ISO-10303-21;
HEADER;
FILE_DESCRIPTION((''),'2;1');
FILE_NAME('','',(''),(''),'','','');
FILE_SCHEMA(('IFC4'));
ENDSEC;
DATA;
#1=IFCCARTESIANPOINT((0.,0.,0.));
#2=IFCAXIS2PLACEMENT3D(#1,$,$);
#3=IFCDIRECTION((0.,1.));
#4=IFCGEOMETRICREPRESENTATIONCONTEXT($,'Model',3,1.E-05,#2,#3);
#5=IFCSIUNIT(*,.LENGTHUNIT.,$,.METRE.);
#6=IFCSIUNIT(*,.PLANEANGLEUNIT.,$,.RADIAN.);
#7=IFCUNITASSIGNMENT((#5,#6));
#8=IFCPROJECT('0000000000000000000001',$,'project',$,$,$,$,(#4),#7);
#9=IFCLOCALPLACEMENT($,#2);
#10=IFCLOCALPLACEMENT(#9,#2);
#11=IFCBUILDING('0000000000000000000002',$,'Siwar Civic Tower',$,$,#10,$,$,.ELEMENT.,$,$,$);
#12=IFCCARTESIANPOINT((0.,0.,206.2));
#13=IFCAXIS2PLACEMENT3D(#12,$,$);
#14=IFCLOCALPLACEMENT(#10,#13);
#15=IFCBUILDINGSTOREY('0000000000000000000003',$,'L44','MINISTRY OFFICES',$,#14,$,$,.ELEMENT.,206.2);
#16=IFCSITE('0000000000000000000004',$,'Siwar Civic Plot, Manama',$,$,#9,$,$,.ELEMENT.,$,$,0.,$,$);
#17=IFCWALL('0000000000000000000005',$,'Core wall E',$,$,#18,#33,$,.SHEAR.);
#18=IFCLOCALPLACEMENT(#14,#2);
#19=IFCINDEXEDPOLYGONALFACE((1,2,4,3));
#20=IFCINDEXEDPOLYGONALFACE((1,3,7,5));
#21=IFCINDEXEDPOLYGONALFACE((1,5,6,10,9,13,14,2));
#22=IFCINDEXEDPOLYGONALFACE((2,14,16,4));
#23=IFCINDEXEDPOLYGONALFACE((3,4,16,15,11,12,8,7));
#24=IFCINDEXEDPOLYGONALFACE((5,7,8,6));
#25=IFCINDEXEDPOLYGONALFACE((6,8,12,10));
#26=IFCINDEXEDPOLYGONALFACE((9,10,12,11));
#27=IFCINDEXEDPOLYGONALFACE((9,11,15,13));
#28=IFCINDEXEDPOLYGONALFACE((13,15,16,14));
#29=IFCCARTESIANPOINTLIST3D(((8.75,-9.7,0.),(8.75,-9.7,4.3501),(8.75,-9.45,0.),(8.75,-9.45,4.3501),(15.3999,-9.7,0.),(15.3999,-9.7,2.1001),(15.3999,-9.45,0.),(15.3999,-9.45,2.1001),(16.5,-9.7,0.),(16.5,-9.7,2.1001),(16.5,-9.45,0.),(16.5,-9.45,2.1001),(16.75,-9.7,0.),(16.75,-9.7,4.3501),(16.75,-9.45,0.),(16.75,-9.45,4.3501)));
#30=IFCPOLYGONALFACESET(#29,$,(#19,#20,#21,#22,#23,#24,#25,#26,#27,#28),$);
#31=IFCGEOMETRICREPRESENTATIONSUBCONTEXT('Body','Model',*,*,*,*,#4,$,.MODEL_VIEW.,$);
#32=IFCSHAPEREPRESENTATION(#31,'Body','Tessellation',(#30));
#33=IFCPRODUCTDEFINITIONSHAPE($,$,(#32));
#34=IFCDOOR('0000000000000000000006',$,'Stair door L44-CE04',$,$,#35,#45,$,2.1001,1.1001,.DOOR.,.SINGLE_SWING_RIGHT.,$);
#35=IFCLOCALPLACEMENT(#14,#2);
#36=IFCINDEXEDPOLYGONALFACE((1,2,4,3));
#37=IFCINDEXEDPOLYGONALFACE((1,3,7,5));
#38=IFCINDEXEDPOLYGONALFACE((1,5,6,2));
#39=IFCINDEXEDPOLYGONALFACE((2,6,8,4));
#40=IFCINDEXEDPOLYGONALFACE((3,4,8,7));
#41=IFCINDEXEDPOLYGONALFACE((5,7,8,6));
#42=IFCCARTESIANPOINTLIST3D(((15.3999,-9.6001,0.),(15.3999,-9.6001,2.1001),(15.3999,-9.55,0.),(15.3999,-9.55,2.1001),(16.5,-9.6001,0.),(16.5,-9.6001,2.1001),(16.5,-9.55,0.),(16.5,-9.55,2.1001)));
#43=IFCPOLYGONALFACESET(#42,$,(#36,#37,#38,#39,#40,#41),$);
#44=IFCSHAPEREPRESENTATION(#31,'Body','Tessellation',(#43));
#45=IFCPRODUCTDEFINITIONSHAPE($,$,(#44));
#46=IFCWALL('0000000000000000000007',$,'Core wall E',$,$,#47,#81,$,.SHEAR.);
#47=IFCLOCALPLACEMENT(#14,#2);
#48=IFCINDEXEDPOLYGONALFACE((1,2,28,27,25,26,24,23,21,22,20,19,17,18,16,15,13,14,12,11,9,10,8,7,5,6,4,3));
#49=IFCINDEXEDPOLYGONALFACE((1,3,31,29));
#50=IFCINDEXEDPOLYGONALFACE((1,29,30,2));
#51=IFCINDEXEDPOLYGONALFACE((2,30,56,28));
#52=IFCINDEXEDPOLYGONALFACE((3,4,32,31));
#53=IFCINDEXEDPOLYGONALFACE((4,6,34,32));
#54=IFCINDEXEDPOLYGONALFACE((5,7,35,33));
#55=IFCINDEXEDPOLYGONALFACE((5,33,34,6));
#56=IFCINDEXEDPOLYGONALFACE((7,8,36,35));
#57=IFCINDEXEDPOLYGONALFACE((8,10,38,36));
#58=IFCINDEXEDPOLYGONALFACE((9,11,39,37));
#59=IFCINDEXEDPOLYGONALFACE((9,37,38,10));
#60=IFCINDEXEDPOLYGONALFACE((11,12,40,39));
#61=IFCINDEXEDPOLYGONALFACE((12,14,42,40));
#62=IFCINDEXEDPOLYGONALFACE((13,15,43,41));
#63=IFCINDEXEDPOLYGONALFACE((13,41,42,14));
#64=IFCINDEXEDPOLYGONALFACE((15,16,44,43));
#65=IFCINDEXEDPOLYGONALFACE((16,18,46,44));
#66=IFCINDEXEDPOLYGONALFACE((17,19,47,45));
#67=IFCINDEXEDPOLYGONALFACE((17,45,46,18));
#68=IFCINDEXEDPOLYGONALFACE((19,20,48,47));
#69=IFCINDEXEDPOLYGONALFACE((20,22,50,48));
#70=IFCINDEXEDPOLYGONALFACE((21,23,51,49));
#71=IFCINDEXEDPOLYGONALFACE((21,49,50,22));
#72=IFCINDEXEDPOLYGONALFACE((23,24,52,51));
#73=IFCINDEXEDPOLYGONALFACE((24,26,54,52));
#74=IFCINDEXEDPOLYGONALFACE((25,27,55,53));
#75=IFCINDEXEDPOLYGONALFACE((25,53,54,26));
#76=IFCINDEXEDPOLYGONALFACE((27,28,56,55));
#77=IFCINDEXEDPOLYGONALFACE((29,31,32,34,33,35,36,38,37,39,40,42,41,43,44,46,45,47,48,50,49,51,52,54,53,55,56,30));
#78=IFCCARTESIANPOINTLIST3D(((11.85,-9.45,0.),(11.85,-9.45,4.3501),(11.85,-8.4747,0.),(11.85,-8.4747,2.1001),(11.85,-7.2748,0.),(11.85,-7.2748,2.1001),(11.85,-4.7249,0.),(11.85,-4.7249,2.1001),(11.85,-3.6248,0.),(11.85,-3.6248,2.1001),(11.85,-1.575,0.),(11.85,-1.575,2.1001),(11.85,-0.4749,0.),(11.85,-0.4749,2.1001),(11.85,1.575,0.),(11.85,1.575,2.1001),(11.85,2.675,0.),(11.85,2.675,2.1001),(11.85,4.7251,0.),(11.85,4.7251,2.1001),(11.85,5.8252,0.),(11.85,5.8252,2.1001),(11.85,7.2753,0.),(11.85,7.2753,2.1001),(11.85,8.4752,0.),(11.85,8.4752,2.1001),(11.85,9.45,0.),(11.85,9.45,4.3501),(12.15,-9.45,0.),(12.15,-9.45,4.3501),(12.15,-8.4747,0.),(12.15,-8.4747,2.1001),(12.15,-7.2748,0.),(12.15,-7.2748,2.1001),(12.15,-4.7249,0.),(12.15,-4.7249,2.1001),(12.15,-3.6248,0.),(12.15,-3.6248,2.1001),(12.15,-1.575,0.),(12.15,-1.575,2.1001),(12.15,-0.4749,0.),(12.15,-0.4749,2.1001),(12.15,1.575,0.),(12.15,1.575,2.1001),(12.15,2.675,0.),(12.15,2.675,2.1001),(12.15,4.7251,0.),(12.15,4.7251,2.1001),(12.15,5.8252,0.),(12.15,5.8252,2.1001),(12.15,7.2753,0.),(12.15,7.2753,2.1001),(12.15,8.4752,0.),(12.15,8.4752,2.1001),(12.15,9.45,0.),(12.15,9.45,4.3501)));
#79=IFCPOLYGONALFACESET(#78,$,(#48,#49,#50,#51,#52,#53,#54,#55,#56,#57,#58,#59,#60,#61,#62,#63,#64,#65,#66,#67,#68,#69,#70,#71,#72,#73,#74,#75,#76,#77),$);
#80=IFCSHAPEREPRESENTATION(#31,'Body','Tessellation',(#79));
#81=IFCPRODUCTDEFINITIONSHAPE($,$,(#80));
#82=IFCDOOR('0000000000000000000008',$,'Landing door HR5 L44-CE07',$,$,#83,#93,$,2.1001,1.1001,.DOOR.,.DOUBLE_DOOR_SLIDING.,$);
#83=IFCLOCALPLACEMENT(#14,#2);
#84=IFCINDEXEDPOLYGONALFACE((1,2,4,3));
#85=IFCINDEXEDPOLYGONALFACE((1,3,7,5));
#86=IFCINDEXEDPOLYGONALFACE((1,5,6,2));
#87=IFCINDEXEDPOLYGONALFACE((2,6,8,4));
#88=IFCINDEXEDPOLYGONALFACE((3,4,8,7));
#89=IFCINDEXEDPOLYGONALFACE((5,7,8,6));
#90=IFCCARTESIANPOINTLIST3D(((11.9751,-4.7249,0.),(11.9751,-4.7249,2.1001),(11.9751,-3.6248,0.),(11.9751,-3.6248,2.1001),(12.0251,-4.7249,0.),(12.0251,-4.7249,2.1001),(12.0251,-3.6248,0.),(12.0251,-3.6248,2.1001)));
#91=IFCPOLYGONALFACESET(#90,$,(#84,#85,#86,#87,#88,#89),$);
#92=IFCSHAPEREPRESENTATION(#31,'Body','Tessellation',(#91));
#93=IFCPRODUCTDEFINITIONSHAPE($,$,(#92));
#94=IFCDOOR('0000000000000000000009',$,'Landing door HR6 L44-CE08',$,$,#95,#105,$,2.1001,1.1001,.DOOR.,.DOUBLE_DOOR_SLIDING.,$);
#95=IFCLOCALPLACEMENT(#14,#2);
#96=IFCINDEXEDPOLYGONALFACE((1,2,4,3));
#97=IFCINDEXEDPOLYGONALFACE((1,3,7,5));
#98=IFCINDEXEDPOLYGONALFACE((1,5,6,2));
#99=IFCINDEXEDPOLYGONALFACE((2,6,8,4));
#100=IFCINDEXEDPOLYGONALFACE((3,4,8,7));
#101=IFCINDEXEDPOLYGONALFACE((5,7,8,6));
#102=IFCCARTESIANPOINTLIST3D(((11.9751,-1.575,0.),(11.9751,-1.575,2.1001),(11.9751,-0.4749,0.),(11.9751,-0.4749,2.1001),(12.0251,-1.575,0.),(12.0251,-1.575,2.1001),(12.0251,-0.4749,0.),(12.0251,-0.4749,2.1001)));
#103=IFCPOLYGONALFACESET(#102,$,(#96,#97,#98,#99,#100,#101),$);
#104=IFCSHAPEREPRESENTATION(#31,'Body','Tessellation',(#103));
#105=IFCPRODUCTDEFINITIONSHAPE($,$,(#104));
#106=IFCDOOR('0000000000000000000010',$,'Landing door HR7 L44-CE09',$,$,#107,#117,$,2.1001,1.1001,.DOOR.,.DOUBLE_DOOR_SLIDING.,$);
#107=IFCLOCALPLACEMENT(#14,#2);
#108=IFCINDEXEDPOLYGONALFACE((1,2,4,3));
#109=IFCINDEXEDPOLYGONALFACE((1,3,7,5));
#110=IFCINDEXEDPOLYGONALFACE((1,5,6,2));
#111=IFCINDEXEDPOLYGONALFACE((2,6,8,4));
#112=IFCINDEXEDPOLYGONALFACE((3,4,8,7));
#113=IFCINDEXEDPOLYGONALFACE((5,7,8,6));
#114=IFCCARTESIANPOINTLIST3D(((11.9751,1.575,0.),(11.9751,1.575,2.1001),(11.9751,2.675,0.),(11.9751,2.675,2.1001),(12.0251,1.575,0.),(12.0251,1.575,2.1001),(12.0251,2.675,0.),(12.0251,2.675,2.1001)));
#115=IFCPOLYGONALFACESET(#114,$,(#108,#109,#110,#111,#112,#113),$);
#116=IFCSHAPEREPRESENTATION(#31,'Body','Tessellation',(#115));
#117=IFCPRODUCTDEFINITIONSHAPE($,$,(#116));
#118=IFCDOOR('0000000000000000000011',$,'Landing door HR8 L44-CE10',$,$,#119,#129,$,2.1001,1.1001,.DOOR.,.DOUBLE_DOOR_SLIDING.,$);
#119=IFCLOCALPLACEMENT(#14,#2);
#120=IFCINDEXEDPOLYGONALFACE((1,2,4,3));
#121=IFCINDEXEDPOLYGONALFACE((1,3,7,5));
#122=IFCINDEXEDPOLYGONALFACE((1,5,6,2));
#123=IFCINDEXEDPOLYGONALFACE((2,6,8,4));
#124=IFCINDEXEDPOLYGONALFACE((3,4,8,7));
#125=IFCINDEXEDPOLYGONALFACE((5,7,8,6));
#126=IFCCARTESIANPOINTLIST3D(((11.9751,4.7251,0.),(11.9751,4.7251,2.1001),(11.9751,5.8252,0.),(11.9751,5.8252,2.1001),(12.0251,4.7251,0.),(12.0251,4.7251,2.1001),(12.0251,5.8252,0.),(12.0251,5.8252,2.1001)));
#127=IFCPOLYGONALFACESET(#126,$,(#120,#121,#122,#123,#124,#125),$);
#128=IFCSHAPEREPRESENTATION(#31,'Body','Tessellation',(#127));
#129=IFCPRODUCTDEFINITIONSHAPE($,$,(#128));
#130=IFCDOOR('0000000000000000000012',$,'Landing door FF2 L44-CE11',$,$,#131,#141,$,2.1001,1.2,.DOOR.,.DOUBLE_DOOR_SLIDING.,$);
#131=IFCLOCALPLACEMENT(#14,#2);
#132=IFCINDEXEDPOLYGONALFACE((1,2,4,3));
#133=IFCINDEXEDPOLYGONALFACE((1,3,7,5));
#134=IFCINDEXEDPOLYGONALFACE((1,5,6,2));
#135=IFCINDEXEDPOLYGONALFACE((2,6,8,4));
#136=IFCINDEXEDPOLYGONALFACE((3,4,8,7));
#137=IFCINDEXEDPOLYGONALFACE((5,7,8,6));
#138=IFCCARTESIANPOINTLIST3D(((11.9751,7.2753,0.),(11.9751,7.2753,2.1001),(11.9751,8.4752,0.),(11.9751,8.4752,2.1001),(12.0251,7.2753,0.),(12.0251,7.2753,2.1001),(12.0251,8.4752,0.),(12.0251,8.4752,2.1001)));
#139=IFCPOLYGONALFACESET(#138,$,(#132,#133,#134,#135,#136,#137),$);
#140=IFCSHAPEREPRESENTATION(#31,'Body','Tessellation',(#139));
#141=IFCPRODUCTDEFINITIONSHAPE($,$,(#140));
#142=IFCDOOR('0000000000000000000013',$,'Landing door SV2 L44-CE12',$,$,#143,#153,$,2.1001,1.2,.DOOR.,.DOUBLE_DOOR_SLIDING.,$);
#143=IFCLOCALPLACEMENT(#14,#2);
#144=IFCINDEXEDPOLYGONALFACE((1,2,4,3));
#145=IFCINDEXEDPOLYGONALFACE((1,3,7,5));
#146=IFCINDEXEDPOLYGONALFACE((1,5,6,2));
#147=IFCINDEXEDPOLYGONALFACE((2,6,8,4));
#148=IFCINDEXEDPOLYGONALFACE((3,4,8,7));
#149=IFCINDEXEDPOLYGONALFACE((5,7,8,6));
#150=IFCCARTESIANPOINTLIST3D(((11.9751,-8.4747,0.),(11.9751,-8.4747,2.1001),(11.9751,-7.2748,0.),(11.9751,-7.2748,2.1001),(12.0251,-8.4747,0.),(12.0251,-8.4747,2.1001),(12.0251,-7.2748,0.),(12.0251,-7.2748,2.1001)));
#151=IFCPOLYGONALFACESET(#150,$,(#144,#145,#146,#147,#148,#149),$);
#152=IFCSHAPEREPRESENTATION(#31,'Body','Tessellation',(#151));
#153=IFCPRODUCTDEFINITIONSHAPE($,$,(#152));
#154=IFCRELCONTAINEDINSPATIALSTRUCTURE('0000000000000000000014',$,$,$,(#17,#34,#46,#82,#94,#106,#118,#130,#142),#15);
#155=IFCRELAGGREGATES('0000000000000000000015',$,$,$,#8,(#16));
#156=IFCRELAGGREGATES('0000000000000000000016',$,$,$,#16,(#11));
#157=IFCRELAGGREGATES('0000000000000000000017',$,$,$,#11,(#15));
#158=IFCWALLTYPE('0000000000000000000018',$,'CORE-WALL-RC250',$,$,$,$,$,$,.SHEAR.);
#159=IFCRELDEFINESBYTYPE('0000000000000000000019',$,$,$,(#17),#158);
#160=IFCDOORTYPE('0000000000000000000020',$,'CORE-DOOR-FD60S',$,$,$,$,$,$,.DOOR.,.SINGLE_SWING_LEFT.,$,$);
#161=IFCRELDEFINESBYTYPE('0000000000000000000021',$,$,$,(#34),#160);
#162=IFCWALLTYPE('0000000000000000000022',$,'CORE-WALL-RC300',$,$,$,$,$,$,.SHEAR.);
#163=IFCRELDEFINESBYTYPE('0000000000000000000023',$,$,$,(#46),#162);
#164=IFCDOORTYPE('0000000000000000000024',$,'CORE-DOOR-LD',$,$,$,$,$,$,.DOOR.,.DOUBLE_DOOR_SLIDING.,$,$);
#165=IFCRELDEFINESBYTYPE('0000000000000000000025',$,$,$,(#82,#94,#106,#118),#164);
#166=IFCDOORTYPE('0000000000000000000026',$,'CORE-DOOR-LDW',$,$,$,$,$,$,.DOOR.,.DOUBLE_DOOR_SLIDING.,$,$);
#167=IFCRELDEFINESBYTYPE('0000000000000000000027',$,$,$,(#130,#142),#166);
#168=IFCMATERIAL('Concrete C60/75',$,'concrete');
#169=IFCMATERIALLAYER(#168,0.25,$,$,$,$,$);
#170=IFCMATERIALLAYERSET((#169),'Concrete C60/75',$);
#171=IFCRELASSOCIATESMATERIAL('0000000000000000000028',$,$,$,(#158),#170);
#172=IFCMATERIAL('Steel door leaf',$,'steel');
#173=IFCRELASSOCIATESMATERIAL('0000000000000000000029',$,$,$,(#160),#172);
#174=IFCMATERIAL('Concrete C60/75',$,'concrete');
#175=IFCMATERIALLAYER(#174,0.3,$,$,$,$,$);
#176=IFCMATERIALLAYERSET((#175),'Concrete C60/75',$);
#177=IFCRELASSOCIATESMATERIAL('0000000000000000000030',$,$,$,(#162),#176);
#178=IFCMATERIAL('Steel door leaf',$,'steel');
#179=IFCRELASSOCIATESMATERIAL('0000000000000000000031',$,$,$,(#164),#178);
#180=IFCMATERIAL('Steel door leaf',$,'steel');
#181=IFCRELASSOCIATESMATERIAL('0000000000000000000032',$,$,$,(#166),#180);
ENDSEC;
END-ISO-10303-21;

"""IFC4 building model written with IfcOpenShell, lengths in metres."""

from ifc_helpers import new_model, si_unit, direction, frame, frame_2d, origin, place, context, subcontext, project, spatial, rectangle, extrude, material, layer, layer_set, type_object, element, fill, save


model = new_model("IFC4")

# Units and contexts
model_context = context("Model", 3, precision=1e-05, world=origin(), true_north=direction((0.0, 1.0)))
body_context = subcontext(model_context, "Body", "Model", "MODEL_VIEW")
ifc_project = project(units=[si_unit("LENGTHUNIT", "METRE"), si_unit("PLANEANGLEUNIT", "RADIAN")], contexts=[model_context])

# Site, building, storey
site_placement = place(None, origin())
site = spatial("IfcSite", under=ifc_project, at=site_placement, Name="Siwar Civic Plot, Manama", CompositionType="ELEMENT", RefElevation=0.0)
building_placement = place(site_placement, origin())
building = spatial("IfcBuilding", under=site, at=building_placement, Name="Siwar Civic Tower", CompositionType="ELEMENT")
storey_placement = place(building_placement, frame((0.0, 0.0, 206.2)))
storey = spatial("IfcBuildingStorey", under=building, at=storey_placement, Name="L44", Description="MINISTRY OFFICES", CompositionType="ELEMENT", Elevation=206.2)

# Shared definitions
ifc_material_1 = material(Name="Concrete C60/75", Category="concrete")
ifc_layer_1 = layer(ifc_material_1, 0.25)
ifc_layer_set_1 = layer_set([ifc_layer_1], Name="Concrete C60/75")
wall_type_1 = type_object("IfcWallType", Name="CORE-WALL-RC250", PredefinedType="SHEAR", material=ifc_layer_set_1)

# Wall, opening, door
wall_1_placement = place(storey_placement, frame((8.75, -9.575, 0.0), z_axis=(0.0, 0.0, 1.0), x_axis=(1.0, 0.0, 0.0)))
wall_1 = element("IfcWall", 1, at=wall_1_placement, inside=storey, type_object=wall_type_1, Name="Core wall E", PredefinedType="SHEAR", context=body_context, shape_type="SweptSolid", body=[
    extrude(rectangle(XDim=8.0, YDim=0.25, at=frame_2d((4.0, 0.0))), origin(), (0.0, 0.0, 1.0), 4.3501),
])
opening_1_placement = place(wall_1_placement, frame((6.6499, 0.0, 0.0)))
opening_1 = element("IfcOpeningElement", 2, at=opening_1_placement, cuts=wall_1, PredefinedType="OPENING", context=body_context, shape_type="SweptSolid", body=[
    extrude(rectangle(XDim=1.1001, YDim=2.1001, at=frame_2d((0.55, 1.05))), frame((0.0, 0.135, 0.0), z_axis=(0.0, -1.0, 0.0), x_axis=(1.0, 0.0, 0.0)), (0.0, 0.0, 1.0), 0.27),
])
ifc_material_2 = material(Name="Steel door leaf", Category="steel")
door_type_1 = type_object("IfcDoorType", Name="CORE-DOOR-FD60S", OperationType="SINGLE_SWING_LEFT", PredefinedType="DOOR", material=ifc_material_2)
door_1_placement = place(opening_1_placement, origin())
door_1 = element("IfcDoor", 3, at=door_1_placement, inside=storey, type_object=door_type_1, Name="Stair door L44-CE04", OperationType="SINGLE_SWING_RIGHT", OverallHeight=2.1001, OverallWidth=1.1001, PredefinedType="DOOR", context=body_context, shape_type="SweptSolid", body=[
    extrude(rectangle(XDim=1.1001, YDim=2.1001, at=frame_2d((0.55, 1.05))), frame((0.0, 0.0249, 0.0), z_axis=(0.0, -1.0, 0.0), x_axis=(1.0, 0.0, 0.0)), (0.0, 0.0, 1.0), 0.05),
])
fill(opening_1, door_1)

# Wall, openings, doors
ifc_material_3 = material(Name="Concrete C60/75", Category="concrete")
ifc_layer_2 = layer(ifc_material_3, 0.3)
ifc_layer_set_2 = layer_set([ifc_layer_2], Name="Concrete C60/75")
wall_type_2 = type_object("IfcWallType", Name="CORE-WALL-RC300", PredefinedType="SHEAR", material=ifc_layer_set_2)
wall_2_placement = place(storey_placement, frame((12.0, -9.45, 0.0), z_axis=(0.0, 0.0, 1.0), x_axis=(0.0, 1.0, 0.0)))
wall_2 = element("IfcWall", 4, at=wall_2_placement, inside=storey, type_object=wall_type_2, Name="Core wall E", PredefinedType="SHEAR", context=body_context, shape_type="SweptSolid", body=[
    extrude(rectangle(XDim=18.8999, YDim=0.3, at=frame_2d((9.45, 0.0))), origin(), (0.0, 0.0, 1.0), 4.3501),
])
opening_2_placement = place(wall_2_placement, frame((4.7251, 0.0, 0.0)))
opening_2 = element("IfcOpeningElement", 5, at=opening_2_placement, cuts=wall_2, PredefinedType="OPENING", context=body_context, shape_type="SweptSolid", body=[
    extrude(rectangle(XDim=1.1001, YDim=2.1001, at=frame_2d((0.55, 1.05))), frame((0.0, 0.1602, 0.0), z_axis=(0.0, -1.0, 0.0), x_axis=(1.0, 0.0, 0.0)), (0.0, 0.0, 1.0), 0.3201),
])
opening_3_placement = place(wall_2_placement, frame((7.875, 0.0, 0.0)))
opening_3 = element("IfcOpeningElement", 6, at=opening_3_placement, cuts=wall_2, PredefinedType="OPENING", context=body_context, shape_type="SweptSolid", body=[
    extrude(rectangle(XDim=1.1001, YDim=2.1001, at=frame_2d((0.55, 1.05))), frame((0.0, 0.1602, 0.0), z_axis=(0.0, -1.0, 0.0), x_axis=(1.0, 0.0, 0.0)), (0.0, 0.0, 1.0), 0.3201),
])
opening_4_placement = place(wall_2_placement, frame((11.0249, 0.0, 0.0)))
opening_4 = element("IfcOpeningElement", 7, at=opening_4_placement, cuts=wall_2, PredefinedType="OPENING", context=body_context, shape_type="SweptSolid", body=[
    extrude(rectangle(XDim=1.1001, YDim=2.1001, at=frame_2d((0.55, 1.05))), frame((0.0, 0.1602, 0.0), z_axis=(0.0, -1.0, 0.0), x_axis=(1.0, 0.0, 0.0)), (0.0, 0.0, 1.0), 0.3201),
])
opening_5_placement = place(wall_2_placement, frame((14.175, 0.0, 0.0)))
opening_5 = element("IfcOpeningElement", 8, at=opening_5_placement, cuts=wall_2, PredefinedType="OPENING", context=body_context, shape_type="SweptSolid", body=[
    extrude(rectangle(XDim=1.1001, YDim=2.1001, at=frame_2d((0.55, 1.05))), frame((0.0, 0.1602, 0.0), z_axis=(0.0, -1.0, 0.0), x_axis=(1.0, 0.0, 0.0)), (0.0, 0.0, 1.0), 0.3201),
])
opening_6_placement = place(wall_2_placement, frame((16.7251, 0.0, 0.0)))
opening_6 = element("IfcOpeningElement", 9, at=opening_6_placement, cuts=wall_2, PredefinedType="OPENING", context=body_context, shape_type="SweptSolid", body=[
    extrude(rectangle(XDim=1.2, YDim=2.1001, at=frame_2d((0.6001, 1.05))), frame((0.0, 0.1602, 0.0), z_axis=(0.0, -1.0, 0.0), x_axis=(1.0, 0.0, 0.0)), (0.0, 0.0, 1.0), 0.3201),
])
opening_7_placement = place(wall_2_placement, frame((0.9751, 0.0, 0.0)))
opening_7 = element("IfcOpeningElement", 10, at=opening_7_placement, cuts=wall_2, PredefinedType="OPENING", context=body_context, shape_type="SweptSolid", body=[
    extrude(rectangle(XDim=1.2, YDim=2.1001, at=frame_2d((0.6001, 1.05))), frame((0.0, 0.1602, 0.0), z_axis=(0.0, -1.0, 0.0), x_axis=(1.0, 0.0, 0.0)), (0.0, 0.0, 1.0), 0.3201),
])
ifc_material_4 = material(Name="Steel door leaf", Category="steel")
door_type_2 = type_object("IfcDoorType", Name="CORE-DOOR-LD", OperationType="DOUBLE_DOOR_SLIDING", PredefinedType="DOOR", material=ifc_material_4)
door_2_placement = place(opening_2_placement, origin())
door_2 = element("IfcDoor", 11, at=door_2_placement, inside=storey, type_object=door_type_2, Name="Landing door HR5 L44-CE07", OperationType="DOUBLE_DOOR_SLIDING", OverallHeight=2.1001, OverallWidth=1.1001, PredefinedType="DOOR", context=body_context, shape_type="SweptSolid", body=[
    extrude(rectangle(XDim=1.1001, YDim=2.1001, at=frame_2d((0.55, 1.05))), frame((0.0, 0.0249, 0.0), z_axis=(0.0, -1.0, 0.0), x_axis=(1.0, 0.0, 0.0)), (0.0, 0.0, 1.0), 0.05),
])
fill(opening_2, door_2)
door_3_placement = place(opening_3_placement, origin())
door_3 = element("IfcDoor", 12, at=door_3_placement, inside=storey, type_object=door_type_2, Name="Landing door HR6 L44-CE08", OperationType="DOUBLE_DOOR_SLIDING", OverallHeight=2.1001, OverallWidth=1.1001, PredefinedType="DOOR", context=body_context, shape_type="SweptSolid", body=[
    extrude(rectangle(XDim=1.1001, YDim=2.1001, at=frame_2d((0.55, 1.05))), frame((0.0, 0.0249, 0.0), z_axis=(0.0, -1.0, 0.0), x_axis=(1.0, 0.0, 0.0)), (0.0, 0.0, 1.0), 0.05),
])
fill(opening_3, door_3)
door_4_placement = place(opening_4_placement, origin())
door_4 = element("IfcDoor", 13, at=door_4_placement, inside=storey, type_object=door_type_2, Name="Landing door HR7 L44-CE09", OperationType="DOUBLE_DOOR_SLIDING", OverallHeight=2.1001, OverallWidth=1.1001, PredefinedType="DOOR", context=body_context, shape_type="SweptSolid", body=[
    extrude(rectangle(XDim=1.1001, YDim=2.1001, at=frame_2d((0.55, 1.05))), frame((0.0, 0.0249, 0.0), z_axis=(0.0, -1.0, 0.0), x_axis=(1.0, 0.0, 0.0)), (0.0, 0.0, 1.0), 0.05),
])
fill(opening_4, door_4)
door_5_placement = place(opening_5_placement, origin())
door_5 = element("IfcDoor", 14, at=door_5_placement, inside=storey, type_object=door_type_2, Name="Landing door HR8 L44-CE10", OperationType="DOUBLE_DOOR_SLIDING", OverallHeight=2.1001, OverallWidth=1.1001, PredefinedType="DOOR", context=body_context, shape_type="SweptSolid", body=[
    extrude(rectangle(XDim=1.1001, YDim=2.1001, at=frame_2d((0.55, 1.05))), frame((0.0, 0.0249, 0.0), z_axis=(0.0, -1.0, 0.0), x_axis=(1.0, 0.0, 0.0)), (0.0, 0.0, 1.0), 0.05),
])
fill(opening_5, door_5)
ifc_material_5 = material(Name="Steel door leaf", Category="steel")
door_type_3 = type_object("IfcDoorType", Name="CORE-DOOR-LDW", OperationType="DOUBLE_DOOR_SLIDING", PredefinedType="DOOR", material=ifc_material_5)
door_6_placement = place(opening_6_placement, origin())
door_6 = element("IfcDoor", 15, at=door_6_placement, inside=storey, type_object=door_type_3, Name="Landing door FF2 L44-CE11", OperationType="DOUBLE_DOOR_SLIDING", OverallHeight=2.1001, OverallWidth=1.2, PredefinedType="DOOR", context=body_context, shape_type="SweptSolid", body=[
    extrude(rectangle(XDim=1.2, YDim=2.1001, at=frame_2d((0.6001, 1.05))), frame((0.0, 0.0249, 0.0), z_axis=(0.0, -1.0, 0.0), x_axis=(1.0, 0.0, 0.0)), (0.0, 0.0, 1.0), 0.05),
])
fill(opening_6, door_6)
door_7_placement = place(opening_7_placement, origin())
door_7 = element("IfcDoor", 16, at=door_7_placement, inside=storey, type_object=door_type_3, Name="Landing door SV2 L44-CE12", OperationType="DOUBLE_DOOR_SLIDING", OverallHeight=2.1001, OverallWidth=1.2, PredefinedType="DOOR", context=body_context, shape_type="SweptSolid", body=[
    extrude(rectangle(XDim=1.2, YDim=2.1001, at=frame_2d((0.6001, 1.05))), frame((0.0, 0.0249, 0.0), z_axis=(0.0, -1.0, 0.0), x_axis=(1.0, 0.0, 0.0)), (0.0, 0.0, 1.0), 0.05),
])
fill(opening_7, door_7)

save(model, "model.ifc")
